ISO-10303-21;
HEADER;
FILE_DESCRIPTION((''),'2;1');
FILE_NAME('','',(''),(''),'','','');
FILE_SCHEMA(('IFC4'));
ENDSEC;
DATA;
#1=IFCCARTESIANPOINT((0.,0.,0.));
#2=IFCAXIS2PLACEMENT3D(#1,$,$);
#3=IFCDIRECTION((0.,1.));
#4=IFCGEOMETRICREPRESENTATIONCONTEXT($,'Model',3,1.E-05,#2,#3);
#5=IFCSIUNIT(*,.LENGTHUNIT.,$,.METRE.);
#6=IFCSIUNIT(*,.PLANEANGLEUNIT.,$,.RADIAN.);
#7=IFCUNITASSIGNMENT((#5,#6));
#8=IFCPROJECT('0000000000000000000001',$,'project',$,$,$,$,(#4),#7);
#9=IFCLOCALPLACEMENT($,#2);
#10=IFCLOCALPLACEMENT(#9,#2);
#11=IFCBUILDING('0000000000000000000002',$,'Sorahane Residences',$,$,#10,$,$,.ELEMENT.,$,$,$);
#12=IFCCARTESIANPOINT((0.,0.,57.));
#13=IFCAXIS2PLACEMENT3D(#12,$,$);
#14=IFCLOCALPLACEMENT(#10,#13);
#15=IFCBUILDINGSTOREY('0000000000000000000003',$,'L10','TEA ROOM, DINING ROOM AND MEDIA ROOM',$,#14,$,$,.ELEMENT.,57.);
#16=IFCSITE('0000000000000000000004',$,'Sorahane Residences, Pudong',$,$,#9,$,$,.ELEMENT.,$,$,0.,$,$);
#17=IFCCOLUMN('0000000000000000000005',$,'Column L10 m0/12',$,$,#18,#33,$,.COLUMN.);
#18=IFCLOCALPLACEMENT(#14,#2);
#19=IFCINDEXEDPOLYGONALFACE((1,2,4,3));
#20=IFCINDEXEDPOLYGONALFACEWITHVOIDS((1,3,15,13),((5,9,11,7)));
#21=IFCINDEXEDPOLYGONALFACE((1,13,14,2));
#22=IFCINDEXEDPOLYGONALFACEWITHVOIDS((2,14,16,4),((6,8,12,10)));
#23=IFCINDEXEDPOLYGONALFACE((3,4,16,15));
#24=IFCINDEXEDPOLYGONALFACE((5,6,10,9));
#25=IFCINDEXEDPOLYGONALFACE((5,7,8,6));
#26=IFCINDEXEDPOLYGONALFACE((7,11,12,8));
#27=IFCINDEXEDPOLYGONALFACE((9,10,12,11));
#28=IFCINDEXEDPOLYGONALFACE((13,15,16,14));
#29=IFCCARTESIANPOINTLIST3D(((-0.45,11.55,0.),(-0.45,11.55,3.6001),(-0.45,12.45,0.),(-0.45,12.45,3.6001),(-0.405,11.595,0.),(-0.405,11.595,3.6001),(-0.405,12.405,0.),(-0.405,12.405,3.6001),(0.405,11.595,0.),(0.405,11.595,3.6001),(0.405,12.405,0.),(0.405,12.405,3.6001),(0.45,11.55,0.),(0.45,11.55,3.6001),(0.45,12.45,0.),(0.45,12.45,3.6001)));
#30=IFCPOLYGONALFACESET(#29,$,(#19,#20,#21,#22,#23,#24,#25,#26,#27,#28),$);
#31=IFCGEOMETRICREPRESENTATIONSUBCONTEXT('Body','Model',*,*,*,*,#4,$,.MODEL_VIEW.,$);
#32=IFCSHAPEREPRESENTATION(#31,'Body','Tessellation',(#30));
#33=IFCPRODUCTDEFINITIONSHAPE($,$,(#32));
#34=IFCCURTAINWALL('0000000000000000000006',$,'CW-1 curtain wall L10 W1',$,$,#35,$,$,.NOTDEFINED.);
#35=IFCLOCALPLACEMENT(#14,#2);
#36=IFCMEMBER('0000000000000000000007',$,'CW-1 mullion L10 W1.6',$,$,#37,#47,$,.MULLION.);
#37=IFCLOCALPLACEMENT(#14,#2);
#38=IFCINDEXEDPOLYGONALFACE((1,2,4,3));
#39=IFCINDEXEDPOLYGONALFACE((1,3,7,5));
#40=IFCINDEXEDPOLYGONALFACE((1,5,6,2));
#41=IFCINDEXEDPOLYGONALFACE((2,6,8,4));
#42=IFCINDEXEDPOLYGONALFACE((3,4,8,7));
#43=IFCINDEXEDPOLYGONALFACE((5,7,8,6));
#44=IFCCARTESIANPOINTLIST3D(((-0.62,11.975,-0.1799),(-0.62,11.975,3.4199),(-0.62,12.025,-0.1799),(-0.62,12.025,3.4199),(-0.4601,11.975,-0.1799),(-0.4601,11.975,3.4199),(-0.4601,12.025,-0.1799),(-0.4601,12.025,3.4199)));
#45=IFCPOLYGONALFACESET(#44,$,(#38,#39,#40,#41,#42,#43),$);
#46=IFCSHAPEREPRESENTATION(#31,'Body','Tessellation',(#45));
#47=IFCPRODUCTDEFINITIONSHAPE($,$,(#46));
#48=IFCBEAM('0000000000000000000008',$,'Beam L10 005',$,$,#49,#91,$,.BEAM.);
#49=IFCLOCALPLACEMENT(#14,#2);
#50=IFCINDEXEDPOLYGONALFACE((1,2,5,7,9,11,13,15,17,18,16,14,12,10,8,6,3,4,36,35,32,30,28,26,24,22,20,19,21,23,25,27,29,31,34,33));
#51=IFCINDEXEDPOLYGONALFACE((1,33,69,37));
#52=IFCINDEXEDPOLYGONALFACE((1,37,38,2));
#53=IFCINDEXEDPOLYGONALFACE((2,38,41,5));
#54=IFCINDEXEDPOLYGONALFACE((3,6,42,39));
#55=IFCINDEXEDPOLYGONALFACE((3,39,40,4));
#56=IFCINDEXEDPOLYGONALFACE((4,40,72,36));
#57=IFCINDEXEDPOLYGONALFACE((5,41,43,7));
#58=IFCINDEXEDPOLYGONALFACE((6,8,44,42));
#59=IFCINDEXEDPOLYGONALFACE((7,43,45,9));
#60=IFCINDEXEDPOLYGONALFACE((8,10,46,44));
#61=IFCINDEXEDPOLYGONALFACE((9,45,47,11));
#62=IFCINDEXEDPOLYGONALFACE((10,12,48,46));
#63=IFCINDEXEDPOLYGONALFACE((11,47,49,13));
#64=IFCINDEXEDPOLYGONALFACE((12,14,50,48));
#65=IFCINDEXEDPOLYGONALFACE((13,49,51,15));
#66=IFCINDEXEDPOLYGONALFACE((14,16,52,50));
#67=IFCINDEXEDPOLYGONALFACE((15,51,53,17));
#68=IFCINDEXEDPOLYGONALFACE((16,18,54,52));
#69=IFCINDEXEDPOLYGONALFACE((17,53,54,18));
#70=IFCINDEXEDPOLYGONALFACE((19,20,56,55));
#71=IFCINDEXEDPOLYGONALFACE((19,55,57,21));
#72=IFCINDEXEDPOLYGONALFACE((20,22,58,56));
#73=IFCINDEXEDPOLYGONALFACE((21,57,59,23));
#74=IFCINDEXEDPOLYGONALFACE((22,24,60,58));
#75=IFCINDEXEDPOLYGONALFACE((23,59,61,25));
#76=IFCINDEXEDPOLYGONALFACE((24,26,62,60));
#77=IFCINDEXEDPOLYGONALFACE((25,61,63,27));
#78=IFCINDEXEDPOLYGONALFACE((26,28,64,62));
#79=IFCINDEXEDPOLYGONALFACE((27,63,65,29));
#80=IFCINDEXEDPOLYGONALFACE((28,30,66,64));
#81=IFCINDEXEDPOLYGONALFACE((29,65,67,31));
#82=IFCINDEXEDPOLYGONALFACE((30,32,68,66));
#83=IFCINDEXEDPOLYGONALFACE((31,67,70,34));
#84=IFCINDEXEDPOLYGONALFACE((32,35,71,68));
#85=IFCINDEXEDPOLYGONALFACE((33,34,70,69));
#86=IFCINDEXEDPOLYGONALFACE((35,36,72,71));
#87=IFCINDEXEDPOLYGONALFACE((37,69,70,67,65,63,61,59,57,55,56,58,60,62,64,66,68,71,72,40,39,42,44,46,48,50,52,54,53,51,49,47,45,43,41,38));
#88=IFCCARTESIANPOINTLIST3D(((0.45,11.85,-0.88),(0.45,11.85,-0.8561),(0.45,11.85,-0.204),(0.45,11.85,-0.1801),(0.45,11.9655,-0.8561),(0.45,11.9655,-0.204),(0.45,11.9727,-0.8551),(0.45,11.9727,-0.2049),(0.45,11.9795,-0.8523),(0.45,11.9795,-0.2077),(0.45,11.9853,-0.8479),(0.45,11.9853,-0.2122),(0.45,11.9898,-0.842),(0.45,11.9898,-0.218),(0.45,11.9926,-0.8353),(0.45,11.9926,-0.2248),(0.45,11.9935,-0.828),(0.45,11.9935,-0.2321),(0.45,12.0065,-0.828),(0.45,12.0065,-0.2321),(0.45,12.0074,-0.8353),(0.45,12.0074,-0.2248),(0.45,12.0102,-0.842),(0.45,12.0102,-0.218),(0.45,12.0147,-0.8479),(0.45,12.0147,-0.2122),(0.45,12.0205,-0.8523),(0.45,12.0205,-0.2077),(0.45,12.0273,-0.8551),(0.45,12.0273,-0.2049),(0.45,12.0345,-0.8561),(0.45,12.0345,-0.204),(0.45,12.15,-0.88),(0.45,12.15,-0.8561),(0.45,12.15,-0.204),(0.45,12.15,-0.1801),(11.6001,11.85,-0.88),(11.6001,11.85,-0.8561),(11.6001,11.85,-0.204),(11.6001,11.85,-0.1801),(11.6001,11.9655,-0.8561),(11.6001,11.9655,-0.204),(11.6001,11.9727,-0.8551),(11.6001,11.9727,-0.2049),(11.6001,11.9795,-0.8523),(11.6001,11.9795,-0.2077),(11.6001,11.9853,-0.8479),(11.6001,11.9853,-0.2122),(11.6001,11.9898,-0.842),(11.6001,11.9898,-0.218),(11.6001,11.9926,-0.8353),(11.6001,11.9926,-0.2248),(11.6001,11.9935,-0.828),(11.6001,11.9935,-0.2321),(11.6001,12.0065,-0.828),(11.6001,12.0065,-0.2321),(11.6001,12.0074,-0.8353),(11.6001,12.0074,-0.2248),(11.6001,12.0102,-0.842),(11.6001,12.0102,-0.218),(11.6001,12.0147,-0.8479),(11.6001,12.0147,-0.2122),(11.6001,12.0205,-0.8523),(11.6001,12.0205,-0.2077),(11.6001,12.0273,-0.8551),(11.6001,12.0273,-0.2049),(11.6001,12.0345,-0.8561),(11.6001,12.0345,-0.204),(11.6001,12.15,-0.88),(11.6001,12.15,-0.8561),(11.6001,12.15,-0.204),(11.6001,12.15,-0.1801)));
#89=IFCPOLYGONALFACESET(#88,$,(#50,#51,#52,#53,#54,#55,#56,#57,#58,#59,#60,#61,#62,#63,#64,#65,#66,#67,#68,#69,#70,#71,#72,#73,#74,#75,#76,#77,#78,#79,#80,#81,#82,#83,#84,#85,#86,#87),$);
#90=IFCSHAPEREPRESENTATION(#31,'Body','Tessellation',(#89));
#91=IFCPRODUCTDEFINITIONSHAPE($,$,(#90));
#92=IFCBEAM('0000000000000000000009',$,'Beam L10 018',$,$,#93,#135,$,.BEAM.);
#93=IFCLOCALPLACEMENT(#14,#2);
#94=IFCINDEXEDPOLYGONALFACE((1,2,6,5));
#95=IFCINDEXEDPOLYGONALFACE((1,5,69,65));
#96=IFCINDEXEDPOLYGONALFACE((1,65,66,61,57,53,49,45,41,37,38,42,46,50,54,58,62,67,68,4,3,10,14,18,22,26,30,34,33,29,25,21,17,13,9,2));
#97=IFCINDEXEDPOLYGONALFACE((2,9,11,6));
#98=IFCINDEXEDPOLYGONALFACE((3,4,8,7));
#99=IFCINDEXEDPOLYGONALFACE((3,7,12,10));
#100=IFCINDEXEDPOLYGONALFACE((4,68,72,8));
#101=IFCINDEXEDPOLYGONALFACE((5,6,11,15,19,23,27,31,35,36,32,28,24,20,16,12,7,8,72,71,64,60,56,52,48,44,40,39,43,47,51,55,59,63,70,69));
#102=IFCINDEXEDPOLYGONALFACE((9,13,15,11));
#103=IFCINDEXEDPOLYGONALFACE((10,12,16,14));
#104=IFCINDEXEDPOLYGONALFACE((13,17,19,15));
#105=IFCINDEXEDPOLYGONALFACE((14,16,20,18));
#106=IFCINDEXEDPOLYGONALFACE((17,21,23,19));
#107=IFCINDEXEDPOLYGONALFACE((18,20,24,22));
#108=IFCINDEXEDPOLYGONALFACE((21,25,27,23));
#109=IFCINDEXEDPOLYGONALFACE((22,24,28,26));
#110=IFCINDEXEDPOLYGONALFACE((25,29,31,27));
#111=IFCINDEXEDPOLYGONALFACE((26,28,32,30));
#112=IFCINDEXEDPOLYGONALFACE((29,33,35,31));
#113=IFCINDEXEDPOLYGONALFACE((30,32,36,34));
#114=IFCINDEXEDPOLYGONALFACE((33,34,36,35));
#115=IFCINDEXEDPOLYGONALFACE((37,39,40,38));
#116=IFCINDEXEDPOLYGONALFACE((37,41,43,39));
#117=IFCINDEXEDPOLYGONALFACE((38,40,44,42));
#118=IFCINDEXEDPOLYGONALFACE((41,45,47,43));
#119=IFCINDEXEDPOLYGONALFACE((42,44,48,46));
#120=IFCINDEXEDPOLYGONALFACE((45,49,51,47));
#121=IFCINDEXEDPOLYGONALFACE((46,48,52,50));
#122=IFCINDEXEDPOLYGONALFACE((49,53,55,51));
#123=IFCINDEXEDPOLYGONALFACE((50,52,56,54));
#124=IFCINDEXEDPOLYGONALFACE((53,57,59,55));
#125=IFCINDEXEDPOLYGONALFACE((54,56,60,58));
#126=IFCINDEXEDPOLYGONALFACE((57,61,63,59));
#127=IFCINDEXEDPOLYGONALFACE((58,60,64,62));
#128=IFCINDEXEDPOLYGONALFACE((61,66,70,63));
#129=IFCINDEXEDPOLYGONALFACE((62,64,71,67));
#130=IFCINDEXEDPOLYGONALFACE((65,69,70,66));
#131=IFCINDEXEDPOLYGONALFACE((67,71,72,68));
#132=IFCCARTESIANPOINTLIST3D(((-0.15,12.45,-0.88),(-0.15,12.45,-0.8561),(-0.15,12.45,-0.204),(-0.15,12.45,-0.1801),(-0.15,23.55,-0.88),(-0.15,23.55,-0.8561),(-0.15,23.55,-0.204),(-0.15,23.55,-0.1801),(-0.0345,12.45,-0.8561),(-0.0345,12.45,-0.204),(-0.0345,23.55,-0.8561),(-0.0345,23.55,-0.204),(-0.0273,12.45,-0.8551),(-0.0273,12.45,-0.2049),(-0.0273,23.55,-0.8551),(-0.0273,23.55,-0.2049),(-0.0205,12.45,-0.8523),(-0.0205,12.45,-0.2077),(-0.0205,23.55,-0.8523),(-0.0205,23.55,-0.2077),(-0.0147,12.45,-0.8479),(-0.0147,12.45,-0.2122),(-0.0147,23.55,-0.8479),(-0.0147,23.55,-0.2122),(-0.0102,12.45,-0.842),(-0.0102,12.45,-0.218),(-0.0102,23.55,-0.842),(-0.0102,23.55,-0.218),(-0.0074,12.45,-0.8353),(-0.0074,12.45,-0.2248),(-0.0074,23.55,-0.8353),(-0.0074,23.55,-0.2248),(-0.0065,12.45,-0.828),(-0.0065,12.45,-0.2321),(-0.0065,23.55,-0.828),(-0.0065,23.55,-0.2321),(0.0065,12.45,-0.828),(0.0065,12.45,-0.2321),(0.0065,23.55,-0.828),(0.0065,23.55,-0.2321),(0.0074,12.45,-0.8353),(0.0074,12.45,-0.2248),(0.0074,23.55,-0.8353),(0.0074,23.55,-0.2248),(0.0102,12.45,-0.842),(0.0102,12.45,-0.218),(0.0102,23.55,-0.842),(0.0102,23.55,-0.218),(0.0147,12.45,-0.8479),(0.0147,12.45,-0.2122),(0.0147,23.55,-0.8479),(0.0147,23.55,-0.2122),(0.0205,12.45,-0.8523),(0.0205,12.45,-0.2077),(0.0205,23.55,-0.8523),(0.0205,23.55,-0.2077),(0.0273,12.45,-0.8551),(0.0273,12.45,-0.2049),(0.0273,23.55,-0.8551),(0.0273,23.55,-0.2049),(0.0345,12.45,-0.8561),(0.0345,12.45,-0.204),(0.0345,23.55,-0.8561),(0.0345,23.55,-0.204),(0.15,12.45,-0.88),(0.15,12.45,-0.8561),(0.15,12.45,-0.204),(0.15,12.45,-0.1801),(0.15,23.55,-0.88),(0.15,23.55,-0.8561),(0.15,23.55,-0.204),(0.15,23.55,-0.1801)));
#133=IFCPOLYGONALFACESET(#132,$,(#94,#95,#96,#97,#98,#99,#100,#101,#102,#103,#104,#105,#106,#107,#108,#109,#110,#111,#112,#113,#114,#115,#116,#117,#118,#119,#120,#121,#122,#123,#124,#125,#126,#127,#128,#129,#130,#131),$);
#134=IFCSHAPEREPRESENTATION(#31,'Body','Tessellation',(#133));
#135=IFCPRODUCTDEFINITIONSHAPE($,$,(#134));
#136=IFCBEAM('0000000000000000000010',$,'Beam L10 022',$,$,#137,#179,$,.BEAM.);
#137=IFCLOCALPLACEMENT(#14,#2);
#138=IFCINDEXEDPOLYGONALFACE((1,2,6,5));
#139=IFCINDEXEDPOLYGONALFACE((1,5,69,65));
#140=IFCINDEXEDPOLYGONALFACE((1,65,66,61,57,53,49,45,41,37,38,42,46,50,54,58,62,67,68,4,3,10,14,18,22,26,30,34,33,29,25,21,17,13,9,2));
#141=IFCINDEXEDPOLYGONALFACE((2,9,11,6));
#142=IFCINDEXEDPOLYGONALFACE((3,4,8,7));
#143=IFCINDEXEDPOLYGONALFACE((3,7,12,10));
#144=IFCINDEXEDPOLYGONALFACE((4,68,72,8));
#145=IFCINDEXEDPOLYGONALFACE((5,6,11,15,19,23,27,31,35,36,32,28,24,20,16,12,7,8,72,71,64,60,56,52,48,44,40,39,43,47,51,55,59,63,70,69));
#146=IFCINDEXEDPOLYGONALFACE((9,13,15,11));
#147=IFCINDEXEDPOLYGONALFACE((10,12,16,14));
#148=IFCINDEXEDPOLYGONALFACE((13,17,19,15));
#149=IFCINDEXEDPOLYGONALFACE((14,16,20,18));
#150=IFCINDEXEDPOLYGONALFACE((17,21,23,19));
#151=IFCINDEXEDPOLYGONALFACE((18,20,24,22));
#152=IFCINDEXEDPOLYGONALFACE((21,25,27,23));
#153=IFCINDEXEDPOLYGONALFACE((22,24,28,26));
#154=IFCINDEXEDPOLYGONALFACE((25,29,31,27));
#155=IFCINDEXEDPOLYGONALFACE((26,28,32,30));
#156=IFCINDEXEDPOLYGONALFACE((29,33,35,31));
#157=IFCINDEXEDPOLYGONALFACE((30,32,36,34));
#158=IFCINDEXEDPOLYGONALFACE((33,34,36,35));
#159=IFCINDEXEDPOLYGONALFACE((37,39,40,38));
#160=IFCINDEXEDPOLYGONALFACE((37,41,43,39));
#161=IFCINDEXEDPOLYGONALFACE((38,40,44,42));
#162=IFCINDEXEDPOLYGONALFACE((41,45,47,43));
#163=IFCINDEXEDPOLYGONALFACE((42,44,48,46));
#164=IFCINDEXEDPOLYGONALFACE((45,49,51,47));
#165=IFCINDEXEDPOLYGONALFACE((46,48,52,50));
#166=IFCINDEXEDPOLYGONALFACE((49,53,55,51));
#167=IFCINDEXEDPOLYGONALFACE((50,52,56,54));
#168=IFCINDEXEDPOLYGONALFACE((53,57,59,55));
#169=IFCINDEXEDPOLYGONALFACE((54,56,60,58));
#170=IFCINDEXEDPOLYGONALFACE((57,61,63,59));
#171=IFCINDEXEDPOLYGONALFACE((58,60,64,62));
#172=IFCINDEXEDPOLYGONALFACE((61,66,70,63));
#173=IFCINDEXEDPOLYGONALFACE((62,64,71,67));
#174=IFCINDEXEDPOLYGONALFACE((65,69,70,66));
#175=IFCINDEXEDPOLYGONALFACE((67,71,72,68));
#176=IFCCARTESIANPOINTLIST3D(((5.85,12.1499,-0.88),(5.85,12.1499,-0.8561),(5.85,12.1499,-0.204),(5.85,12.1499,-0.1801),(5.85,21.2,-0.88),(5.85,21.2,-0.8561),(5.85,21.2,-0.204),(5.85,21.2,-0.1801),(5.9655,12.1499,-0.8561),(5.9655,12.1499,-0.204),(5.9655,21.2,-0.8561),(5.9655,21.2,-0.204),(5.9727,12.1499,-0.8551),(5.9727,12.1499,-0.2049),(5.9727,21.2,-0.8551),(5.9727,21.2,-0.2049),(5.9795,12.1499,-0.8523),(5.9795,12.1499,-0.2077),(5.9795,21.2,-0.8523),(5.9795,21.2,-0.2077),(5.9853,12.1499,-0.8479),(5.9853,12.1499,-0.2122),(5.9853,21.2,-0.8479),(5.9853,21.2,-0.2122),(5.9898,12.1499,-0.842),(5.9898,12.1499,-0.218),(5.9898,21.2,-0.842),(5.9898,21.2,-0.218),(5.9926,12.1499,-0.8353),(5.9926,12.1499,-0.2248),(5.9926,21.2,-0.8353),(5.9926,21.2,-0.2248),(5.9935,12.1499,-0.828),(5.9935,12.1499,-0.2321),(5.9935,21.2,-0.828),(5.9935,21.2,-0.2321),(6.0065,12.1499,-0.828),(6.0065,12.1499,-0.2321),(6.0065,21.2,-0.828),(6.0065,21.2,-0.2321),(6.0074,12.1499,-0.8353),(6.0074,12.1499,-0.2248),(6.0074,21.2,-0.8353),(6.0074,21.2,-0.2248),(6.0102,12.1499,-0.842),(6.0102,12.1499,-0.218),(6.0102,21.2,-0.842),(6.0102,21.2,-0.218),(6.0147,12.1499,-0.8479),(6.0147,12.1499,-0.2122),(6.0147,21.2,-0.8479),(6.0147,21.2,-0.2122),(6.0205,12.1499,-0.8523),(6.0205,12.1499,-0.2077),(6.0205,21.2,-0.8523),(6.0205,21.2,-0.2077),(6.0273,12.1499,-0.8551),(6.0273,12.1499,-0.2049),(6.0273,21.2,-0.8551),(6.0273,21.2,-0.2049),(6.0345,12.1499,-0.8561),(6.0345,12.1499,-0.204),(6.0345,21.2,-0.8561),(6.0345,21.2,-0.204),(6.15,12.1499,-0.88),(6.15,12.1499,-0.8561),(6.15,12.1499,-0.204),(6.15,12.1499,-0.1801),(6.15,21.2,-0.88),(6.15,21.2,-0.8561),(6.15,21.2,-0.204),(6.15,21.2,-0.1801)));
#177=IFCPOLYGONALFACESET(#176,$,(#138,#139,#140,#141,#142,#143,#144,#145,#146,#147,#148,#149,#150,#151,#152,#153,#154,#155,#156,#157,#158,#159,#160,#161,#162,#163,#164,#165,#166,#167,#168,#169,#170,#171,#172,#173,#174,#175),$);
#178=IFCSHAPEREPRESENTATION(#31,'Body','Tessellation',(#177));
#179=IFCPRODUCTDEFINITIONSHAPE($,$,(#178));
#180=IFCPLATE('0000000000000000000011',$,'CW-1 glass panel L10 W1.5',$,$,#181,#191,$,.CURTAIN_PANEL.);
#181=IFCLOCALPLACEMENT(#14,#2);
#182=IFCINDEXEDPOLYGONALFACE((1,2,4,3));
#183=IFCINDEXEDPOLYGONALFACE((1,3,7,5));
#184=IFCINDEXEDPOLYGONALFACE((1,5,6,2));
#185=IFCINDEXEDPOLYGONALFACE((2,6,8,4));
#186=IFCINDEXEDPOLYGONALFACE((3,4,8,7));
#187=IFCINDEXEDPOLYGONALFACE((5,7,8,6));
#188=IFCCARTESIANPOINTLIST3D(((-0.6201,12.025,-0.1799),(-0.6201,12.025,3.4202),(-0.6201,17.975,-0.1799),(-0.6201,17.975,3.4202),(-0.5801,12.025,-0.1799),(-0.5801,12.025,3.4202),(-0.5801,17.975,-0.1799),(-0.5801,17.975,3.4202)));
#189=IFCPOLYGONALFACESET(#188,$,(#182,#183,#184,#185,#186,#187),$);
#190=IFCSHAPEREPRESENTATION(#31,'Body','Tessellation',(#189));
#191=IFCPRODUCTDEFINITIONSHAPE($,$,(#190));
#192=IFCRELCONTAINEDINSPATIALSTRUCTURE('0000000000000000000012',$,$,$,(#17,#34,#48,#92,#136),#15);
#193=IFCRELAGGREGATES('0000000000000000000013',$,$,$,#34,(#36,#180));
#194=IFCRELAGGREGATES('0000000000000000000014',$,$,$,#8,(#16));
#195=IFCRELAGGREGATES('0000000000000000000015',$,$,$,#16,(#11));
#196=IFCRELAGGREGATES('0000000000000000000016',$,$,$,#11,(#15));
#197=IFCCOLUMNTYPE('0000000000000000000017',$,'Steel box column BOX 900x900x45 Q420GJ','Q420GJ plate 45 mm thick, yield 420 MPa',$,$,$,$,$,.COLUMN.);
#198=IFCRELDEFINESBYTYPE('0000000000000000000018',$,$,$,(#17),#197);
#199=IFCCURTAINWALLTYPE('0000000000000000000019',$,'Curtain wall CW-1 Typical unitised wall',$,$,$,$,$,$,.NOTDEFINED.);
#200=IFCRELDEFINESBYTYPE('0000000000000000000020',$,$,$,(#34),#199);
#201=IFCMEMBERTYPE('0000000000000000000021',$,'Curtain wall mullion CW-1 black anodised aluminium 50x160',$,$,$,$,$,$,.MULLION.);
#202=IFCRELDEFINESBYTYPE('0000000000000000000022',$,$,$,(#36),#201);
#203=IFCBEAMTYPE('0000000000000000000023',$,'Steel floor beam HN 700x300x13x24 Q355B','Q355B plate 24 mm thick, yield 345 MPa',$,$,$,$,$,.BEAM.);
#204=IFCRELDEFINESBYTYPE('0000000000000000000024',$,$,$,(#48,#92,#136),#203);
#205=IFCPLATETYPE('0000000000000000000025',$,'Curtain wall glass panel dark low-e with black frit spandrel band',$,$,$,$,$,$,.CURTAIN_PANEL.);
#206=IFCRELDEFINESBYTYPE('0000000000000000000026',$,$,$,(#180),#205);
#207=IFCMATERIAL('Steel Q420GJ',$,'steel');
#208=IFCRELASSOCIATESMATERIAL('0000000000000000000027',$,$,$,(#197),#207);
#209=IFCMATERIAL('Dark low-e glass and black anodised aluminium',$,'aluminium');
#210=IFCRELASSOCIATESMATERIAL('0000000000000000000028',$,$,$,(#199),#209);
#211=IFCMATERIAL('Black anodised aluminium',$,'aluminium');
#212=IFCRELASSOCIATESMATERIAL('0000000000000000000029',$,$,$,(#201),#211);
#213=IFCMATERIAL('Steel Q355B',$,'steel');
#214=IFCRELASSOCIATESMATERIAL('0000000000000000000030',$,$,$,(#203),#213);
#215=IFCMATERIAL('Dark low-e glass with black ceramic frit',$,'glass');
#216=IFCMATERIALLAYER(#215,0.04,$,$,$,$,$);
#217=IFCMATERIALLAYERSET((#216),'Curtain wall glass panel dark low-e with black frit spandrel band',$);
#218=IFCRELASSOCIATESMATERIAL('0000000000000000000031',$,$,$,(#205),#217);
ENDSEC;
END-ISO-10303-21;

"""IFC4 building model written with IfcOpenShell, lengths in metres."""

from ifc_helpers import new_model, si_unit, direction, frame, origin, origin_2d, place, context, subcontext, project, spatial, rectangle, hollow_rectangle, i_section, extrude, material, layer, layer_set, material_profile, profile_set, type_object, element, aggregate, save


model = new_model("IFC4")

# Units and contexts
model_context = context("Model", 3, precision=1e-05, world=origin(), true_north=direction((0.0, 1.0)))
body_context = subcontext(model_context, "Body", "Model", "MODEL_VIEW")
ifc_project = project(units=[si_unit("LENGTHUNIT", "METRE"), si_unit("PLANEANGLEUNIT", "RADIAN")], contexts=[model_context])

# Site, building, storey
site_placement = place(None, origin())
site = spatial("IfcSite", under=ifc_project, at=site_placement, Name="Sorahane Residences, Pudong", CompositionType="ELEMENT", RefElevation=0.0)
building_placement = place(site_placement, origin())
building = spatial("IfcBuilding", under=site, at=building_placement, Name="Sorahane Residences", CompositionType="ELEMENT")
storey_placement = place(building_placement, frame((0.0, 0.0, 57.0)))
storey = spatial("IfcBuildingStorey", under=building, at=storey_placement, Name="L10", Description="TEA ROOM, DINING ROOM AND MEDIA ROOM", CompositionType="ELEMENT", Elevation=57.0)

# Column
ifc_material_1 = material(Name="Steel Q420GJ", Category="steel")
ifc_material_profile_1 = material_profile(ifc_material_1, hollow_rectangle(XDim=0.8999, YDim=0.8999, WallThickness=0.0449, at=origin_2d()), Name="BOX 900x900x45")
ifc_profile_set_1 = profile_set([ifc_material_profile_1], Name="Steel Q420GJ")
column_type = type_object("IfcColumnType", Name="Steel box column BOX 900x900x45 Q420GJ", Description="Q420GJ plate 45 mm thick, yield 420 MPa", PredefinedType="COLUMN", material=ifc_profile_set_1)
column_placement = place(storey_placement, frame((0.0, 12.0, 0.0), z_axis=(0.0, 0.0, 1.0), x_axis=(1.0, 0.0, 0.0)))
element("IfcColumn", 1, at=column_placement, inside=storey, type_object=column_type, Name="Column L10 m0/12", PredefinedType="COLUMN", context=body_context, shape_type="SweptSolid", body=[
    extrude(hollow_rectangle(XDim=0.8999, YDim=0.8999, WallThickness=0.0449, at=origin_2d()), origin(), (0.0, 0.0, 1.0), 3.6001),
])

# Curtain wall, member
ifc_material_2 = material(Name="Dark low-e glass and black anodised aluminium", Category="aluminium")
curtain_wall_type = type_object("IfcCurtainWallType", Name="Curtain wall CW-1 Typical unitised wall", PredefinedType="NOTDEFINED", material=ifc_material_2)
curtain_wall_placement = place(storey_placement, origin())
curtain_wall = element("IfcCurtainWall", 2, at=curtain_wall_placement, inside=storey, type_object=curtain_wall_type, Name="CW-1 curtain wall L10 W1", PredefinedType="NOTDEFINED")
ifc_material_3 = material(Name="Black anodised aluminium", Category="aluminium")
ifc_material_profile_2 = material_profile(ifc_material_3, rectangle(XDim=0.1599, YDim=0.05, at=origin_2d()), Name="Curtain wall mullion CW-1 black anodised aluminium 50x160")
ifc_profile_set_2 = profile_set([ifc_material_profile_2], Name="Black anodised aluminium")
member_type = type_object("IfcMemberType", Name="Curtain wall mullion CW-1 black anodised aluminium 50x160", PredefinedType="MULLION", material=ifc_profile_set_2)
member_placement = place(storey_placement, frame((-0.54, 12.0, -0.1799), z_axis=(0.0, 0.0, 1.0), x_axis=(-1.0, 0.0, 0.0)))
member = element("IfcMember", 3, at=member_placement, type_object=member_type, Name="CW-1 mullion L10 W1.6", PredefinedType="MULLION", context=body_context, shape_type="SweptSolid", body=[
    extrude(rectangle(XDim=0.1599, YDim=0.05, at=origin_2d()), origin(), (0.0, 0.0, 1.0), 3.5999),
])

# Beams
ifc_material_4 = material(Name="Steel Q355B", Category="steel")
ifc_material_profile_3 = material_profile(ifc_material_4, i_section(OverallWidth=0.3, OverallDepth=0.7, WebThickness=0.0129, FlangeThickness=0.0239, FilletRadius=0.0281, at=origin_2d()), Name="HN 700x300x13x24")
ifc_profile_set_3 = profile_set([ifc_material_profile_3], Name="Steel Q355B")
beam_type = type_object("IfcBeamType", Name="Steel floor beam HN 700x300x13x24 Q355B", Description="Q355B plate 24 mm thick, yield 345 MPa", PredefinedType="BEAM", material=ifc_profile_set_3)
beam_1_placement = place(storey_placement, frame((0.45, 12.0, -0.53), z_axis=(1.0, 0.0, 0.0), x_axis=(0.0, 1.0, 0.0)))
element("IfcBeam", 4, at=beam_1_placement, inside=storey, type_object=beam_type, Name="Beam L10 005", PredefinedType="BEAM", context=body_context, shape_type="SweptSolid", body=[
    extrude(i_section(OverallWidth=0.3, OverallDepth=0.7, WebThickness=0.0129, FlangeThickness=0.0239, FilletRadius=0.0281, at=origin_2d()), origin(), (0.0, 0.0, 1.0), 11.1501),
])
beam_2_placement = place(storey_placement, frame((0.0, 12.45, -0.53), z_axis=(0.0, 1.0, 0.0), x_axis=(-1.0, 0.0, 0.0)))
element("IfcBeam", 5, at=beam_2_placement, inside=storey, type_object=beam_type, Name="Beam L10 018", PredefinedType="BEAM", context=body_context, shape_type="SweptSolid", body=[
    extrude(i_section(OverallWidth=0.3, OverallDepth=0.7, WebThickness=0.0129, FlangeThickness=0.0239, FilletRadius=0.0281, at=origin_2d()), origin(), (0.0, 0.0, 1.0), 11.1001),
])
beam_3_placement = place(storey_placement, frame((6.0, 12.1499, -0.53), z_axis=(0.0, 1.0, 0.0), x_axis=(-1.0, 0.0, 0.0)))
element("IfcBeam", 6, at=beam_3_placement, inside=storey, type_object=beam_type, Name="Beam L10 022", PredefinedType="BEAM", context=body_context, shape_type="SweptSolid", body=[
    extrude(i_section(OverallWidth=0.3, OverallDepth=0.7, WebThickness=0.0129, FlangeThickness=0.0239, FilletRadius=0.0281, at=origin_2d()), origin(), (0.0, 0.0, 1.0), 9.05),
])

# Plate
ifc_material_5 = material(Name="Dark low-e glass with black ceramic frit", Category="glass")
ifc_layer_1 = layer(ifc_material_5, 0.04)
ifc_layer_set_1 = layer_set([ifc_layer_1], Name="Curtain wall glass panel dark low-e with black frit spandrel band")
plate_type = type_object("IfcPlateType", Name="Curtain wall glass panel dark low-e with black frit spandrel band", PredefinedType="CURTAIN_PANEL", material=ifc_layer_set_1)
plate_placement = place(storey_placement, frame((-0.6001, 15.0, -0.1799), z_axis=(0.0, 0.0, 1.0), x_axis=(0.0, -1.0, 0.0)))
plate = element("IfcPlate", 7, at=plate_placement, type_object=plate_type, Name="CW-1 glass panel L10 W1.5", PredefinedType="CURTAIN_PANEL", context=body_context, shape_type="SweptSolid", body=[
    extrude(rectangle(XDim=5.95, YDim=0.04, at=origin_2d()), origin(), (0.0, 0.0, 1.0), 3.6001),
])
aggregate(curtain_wall, [member, plate])

save(model, "model.ifc")
